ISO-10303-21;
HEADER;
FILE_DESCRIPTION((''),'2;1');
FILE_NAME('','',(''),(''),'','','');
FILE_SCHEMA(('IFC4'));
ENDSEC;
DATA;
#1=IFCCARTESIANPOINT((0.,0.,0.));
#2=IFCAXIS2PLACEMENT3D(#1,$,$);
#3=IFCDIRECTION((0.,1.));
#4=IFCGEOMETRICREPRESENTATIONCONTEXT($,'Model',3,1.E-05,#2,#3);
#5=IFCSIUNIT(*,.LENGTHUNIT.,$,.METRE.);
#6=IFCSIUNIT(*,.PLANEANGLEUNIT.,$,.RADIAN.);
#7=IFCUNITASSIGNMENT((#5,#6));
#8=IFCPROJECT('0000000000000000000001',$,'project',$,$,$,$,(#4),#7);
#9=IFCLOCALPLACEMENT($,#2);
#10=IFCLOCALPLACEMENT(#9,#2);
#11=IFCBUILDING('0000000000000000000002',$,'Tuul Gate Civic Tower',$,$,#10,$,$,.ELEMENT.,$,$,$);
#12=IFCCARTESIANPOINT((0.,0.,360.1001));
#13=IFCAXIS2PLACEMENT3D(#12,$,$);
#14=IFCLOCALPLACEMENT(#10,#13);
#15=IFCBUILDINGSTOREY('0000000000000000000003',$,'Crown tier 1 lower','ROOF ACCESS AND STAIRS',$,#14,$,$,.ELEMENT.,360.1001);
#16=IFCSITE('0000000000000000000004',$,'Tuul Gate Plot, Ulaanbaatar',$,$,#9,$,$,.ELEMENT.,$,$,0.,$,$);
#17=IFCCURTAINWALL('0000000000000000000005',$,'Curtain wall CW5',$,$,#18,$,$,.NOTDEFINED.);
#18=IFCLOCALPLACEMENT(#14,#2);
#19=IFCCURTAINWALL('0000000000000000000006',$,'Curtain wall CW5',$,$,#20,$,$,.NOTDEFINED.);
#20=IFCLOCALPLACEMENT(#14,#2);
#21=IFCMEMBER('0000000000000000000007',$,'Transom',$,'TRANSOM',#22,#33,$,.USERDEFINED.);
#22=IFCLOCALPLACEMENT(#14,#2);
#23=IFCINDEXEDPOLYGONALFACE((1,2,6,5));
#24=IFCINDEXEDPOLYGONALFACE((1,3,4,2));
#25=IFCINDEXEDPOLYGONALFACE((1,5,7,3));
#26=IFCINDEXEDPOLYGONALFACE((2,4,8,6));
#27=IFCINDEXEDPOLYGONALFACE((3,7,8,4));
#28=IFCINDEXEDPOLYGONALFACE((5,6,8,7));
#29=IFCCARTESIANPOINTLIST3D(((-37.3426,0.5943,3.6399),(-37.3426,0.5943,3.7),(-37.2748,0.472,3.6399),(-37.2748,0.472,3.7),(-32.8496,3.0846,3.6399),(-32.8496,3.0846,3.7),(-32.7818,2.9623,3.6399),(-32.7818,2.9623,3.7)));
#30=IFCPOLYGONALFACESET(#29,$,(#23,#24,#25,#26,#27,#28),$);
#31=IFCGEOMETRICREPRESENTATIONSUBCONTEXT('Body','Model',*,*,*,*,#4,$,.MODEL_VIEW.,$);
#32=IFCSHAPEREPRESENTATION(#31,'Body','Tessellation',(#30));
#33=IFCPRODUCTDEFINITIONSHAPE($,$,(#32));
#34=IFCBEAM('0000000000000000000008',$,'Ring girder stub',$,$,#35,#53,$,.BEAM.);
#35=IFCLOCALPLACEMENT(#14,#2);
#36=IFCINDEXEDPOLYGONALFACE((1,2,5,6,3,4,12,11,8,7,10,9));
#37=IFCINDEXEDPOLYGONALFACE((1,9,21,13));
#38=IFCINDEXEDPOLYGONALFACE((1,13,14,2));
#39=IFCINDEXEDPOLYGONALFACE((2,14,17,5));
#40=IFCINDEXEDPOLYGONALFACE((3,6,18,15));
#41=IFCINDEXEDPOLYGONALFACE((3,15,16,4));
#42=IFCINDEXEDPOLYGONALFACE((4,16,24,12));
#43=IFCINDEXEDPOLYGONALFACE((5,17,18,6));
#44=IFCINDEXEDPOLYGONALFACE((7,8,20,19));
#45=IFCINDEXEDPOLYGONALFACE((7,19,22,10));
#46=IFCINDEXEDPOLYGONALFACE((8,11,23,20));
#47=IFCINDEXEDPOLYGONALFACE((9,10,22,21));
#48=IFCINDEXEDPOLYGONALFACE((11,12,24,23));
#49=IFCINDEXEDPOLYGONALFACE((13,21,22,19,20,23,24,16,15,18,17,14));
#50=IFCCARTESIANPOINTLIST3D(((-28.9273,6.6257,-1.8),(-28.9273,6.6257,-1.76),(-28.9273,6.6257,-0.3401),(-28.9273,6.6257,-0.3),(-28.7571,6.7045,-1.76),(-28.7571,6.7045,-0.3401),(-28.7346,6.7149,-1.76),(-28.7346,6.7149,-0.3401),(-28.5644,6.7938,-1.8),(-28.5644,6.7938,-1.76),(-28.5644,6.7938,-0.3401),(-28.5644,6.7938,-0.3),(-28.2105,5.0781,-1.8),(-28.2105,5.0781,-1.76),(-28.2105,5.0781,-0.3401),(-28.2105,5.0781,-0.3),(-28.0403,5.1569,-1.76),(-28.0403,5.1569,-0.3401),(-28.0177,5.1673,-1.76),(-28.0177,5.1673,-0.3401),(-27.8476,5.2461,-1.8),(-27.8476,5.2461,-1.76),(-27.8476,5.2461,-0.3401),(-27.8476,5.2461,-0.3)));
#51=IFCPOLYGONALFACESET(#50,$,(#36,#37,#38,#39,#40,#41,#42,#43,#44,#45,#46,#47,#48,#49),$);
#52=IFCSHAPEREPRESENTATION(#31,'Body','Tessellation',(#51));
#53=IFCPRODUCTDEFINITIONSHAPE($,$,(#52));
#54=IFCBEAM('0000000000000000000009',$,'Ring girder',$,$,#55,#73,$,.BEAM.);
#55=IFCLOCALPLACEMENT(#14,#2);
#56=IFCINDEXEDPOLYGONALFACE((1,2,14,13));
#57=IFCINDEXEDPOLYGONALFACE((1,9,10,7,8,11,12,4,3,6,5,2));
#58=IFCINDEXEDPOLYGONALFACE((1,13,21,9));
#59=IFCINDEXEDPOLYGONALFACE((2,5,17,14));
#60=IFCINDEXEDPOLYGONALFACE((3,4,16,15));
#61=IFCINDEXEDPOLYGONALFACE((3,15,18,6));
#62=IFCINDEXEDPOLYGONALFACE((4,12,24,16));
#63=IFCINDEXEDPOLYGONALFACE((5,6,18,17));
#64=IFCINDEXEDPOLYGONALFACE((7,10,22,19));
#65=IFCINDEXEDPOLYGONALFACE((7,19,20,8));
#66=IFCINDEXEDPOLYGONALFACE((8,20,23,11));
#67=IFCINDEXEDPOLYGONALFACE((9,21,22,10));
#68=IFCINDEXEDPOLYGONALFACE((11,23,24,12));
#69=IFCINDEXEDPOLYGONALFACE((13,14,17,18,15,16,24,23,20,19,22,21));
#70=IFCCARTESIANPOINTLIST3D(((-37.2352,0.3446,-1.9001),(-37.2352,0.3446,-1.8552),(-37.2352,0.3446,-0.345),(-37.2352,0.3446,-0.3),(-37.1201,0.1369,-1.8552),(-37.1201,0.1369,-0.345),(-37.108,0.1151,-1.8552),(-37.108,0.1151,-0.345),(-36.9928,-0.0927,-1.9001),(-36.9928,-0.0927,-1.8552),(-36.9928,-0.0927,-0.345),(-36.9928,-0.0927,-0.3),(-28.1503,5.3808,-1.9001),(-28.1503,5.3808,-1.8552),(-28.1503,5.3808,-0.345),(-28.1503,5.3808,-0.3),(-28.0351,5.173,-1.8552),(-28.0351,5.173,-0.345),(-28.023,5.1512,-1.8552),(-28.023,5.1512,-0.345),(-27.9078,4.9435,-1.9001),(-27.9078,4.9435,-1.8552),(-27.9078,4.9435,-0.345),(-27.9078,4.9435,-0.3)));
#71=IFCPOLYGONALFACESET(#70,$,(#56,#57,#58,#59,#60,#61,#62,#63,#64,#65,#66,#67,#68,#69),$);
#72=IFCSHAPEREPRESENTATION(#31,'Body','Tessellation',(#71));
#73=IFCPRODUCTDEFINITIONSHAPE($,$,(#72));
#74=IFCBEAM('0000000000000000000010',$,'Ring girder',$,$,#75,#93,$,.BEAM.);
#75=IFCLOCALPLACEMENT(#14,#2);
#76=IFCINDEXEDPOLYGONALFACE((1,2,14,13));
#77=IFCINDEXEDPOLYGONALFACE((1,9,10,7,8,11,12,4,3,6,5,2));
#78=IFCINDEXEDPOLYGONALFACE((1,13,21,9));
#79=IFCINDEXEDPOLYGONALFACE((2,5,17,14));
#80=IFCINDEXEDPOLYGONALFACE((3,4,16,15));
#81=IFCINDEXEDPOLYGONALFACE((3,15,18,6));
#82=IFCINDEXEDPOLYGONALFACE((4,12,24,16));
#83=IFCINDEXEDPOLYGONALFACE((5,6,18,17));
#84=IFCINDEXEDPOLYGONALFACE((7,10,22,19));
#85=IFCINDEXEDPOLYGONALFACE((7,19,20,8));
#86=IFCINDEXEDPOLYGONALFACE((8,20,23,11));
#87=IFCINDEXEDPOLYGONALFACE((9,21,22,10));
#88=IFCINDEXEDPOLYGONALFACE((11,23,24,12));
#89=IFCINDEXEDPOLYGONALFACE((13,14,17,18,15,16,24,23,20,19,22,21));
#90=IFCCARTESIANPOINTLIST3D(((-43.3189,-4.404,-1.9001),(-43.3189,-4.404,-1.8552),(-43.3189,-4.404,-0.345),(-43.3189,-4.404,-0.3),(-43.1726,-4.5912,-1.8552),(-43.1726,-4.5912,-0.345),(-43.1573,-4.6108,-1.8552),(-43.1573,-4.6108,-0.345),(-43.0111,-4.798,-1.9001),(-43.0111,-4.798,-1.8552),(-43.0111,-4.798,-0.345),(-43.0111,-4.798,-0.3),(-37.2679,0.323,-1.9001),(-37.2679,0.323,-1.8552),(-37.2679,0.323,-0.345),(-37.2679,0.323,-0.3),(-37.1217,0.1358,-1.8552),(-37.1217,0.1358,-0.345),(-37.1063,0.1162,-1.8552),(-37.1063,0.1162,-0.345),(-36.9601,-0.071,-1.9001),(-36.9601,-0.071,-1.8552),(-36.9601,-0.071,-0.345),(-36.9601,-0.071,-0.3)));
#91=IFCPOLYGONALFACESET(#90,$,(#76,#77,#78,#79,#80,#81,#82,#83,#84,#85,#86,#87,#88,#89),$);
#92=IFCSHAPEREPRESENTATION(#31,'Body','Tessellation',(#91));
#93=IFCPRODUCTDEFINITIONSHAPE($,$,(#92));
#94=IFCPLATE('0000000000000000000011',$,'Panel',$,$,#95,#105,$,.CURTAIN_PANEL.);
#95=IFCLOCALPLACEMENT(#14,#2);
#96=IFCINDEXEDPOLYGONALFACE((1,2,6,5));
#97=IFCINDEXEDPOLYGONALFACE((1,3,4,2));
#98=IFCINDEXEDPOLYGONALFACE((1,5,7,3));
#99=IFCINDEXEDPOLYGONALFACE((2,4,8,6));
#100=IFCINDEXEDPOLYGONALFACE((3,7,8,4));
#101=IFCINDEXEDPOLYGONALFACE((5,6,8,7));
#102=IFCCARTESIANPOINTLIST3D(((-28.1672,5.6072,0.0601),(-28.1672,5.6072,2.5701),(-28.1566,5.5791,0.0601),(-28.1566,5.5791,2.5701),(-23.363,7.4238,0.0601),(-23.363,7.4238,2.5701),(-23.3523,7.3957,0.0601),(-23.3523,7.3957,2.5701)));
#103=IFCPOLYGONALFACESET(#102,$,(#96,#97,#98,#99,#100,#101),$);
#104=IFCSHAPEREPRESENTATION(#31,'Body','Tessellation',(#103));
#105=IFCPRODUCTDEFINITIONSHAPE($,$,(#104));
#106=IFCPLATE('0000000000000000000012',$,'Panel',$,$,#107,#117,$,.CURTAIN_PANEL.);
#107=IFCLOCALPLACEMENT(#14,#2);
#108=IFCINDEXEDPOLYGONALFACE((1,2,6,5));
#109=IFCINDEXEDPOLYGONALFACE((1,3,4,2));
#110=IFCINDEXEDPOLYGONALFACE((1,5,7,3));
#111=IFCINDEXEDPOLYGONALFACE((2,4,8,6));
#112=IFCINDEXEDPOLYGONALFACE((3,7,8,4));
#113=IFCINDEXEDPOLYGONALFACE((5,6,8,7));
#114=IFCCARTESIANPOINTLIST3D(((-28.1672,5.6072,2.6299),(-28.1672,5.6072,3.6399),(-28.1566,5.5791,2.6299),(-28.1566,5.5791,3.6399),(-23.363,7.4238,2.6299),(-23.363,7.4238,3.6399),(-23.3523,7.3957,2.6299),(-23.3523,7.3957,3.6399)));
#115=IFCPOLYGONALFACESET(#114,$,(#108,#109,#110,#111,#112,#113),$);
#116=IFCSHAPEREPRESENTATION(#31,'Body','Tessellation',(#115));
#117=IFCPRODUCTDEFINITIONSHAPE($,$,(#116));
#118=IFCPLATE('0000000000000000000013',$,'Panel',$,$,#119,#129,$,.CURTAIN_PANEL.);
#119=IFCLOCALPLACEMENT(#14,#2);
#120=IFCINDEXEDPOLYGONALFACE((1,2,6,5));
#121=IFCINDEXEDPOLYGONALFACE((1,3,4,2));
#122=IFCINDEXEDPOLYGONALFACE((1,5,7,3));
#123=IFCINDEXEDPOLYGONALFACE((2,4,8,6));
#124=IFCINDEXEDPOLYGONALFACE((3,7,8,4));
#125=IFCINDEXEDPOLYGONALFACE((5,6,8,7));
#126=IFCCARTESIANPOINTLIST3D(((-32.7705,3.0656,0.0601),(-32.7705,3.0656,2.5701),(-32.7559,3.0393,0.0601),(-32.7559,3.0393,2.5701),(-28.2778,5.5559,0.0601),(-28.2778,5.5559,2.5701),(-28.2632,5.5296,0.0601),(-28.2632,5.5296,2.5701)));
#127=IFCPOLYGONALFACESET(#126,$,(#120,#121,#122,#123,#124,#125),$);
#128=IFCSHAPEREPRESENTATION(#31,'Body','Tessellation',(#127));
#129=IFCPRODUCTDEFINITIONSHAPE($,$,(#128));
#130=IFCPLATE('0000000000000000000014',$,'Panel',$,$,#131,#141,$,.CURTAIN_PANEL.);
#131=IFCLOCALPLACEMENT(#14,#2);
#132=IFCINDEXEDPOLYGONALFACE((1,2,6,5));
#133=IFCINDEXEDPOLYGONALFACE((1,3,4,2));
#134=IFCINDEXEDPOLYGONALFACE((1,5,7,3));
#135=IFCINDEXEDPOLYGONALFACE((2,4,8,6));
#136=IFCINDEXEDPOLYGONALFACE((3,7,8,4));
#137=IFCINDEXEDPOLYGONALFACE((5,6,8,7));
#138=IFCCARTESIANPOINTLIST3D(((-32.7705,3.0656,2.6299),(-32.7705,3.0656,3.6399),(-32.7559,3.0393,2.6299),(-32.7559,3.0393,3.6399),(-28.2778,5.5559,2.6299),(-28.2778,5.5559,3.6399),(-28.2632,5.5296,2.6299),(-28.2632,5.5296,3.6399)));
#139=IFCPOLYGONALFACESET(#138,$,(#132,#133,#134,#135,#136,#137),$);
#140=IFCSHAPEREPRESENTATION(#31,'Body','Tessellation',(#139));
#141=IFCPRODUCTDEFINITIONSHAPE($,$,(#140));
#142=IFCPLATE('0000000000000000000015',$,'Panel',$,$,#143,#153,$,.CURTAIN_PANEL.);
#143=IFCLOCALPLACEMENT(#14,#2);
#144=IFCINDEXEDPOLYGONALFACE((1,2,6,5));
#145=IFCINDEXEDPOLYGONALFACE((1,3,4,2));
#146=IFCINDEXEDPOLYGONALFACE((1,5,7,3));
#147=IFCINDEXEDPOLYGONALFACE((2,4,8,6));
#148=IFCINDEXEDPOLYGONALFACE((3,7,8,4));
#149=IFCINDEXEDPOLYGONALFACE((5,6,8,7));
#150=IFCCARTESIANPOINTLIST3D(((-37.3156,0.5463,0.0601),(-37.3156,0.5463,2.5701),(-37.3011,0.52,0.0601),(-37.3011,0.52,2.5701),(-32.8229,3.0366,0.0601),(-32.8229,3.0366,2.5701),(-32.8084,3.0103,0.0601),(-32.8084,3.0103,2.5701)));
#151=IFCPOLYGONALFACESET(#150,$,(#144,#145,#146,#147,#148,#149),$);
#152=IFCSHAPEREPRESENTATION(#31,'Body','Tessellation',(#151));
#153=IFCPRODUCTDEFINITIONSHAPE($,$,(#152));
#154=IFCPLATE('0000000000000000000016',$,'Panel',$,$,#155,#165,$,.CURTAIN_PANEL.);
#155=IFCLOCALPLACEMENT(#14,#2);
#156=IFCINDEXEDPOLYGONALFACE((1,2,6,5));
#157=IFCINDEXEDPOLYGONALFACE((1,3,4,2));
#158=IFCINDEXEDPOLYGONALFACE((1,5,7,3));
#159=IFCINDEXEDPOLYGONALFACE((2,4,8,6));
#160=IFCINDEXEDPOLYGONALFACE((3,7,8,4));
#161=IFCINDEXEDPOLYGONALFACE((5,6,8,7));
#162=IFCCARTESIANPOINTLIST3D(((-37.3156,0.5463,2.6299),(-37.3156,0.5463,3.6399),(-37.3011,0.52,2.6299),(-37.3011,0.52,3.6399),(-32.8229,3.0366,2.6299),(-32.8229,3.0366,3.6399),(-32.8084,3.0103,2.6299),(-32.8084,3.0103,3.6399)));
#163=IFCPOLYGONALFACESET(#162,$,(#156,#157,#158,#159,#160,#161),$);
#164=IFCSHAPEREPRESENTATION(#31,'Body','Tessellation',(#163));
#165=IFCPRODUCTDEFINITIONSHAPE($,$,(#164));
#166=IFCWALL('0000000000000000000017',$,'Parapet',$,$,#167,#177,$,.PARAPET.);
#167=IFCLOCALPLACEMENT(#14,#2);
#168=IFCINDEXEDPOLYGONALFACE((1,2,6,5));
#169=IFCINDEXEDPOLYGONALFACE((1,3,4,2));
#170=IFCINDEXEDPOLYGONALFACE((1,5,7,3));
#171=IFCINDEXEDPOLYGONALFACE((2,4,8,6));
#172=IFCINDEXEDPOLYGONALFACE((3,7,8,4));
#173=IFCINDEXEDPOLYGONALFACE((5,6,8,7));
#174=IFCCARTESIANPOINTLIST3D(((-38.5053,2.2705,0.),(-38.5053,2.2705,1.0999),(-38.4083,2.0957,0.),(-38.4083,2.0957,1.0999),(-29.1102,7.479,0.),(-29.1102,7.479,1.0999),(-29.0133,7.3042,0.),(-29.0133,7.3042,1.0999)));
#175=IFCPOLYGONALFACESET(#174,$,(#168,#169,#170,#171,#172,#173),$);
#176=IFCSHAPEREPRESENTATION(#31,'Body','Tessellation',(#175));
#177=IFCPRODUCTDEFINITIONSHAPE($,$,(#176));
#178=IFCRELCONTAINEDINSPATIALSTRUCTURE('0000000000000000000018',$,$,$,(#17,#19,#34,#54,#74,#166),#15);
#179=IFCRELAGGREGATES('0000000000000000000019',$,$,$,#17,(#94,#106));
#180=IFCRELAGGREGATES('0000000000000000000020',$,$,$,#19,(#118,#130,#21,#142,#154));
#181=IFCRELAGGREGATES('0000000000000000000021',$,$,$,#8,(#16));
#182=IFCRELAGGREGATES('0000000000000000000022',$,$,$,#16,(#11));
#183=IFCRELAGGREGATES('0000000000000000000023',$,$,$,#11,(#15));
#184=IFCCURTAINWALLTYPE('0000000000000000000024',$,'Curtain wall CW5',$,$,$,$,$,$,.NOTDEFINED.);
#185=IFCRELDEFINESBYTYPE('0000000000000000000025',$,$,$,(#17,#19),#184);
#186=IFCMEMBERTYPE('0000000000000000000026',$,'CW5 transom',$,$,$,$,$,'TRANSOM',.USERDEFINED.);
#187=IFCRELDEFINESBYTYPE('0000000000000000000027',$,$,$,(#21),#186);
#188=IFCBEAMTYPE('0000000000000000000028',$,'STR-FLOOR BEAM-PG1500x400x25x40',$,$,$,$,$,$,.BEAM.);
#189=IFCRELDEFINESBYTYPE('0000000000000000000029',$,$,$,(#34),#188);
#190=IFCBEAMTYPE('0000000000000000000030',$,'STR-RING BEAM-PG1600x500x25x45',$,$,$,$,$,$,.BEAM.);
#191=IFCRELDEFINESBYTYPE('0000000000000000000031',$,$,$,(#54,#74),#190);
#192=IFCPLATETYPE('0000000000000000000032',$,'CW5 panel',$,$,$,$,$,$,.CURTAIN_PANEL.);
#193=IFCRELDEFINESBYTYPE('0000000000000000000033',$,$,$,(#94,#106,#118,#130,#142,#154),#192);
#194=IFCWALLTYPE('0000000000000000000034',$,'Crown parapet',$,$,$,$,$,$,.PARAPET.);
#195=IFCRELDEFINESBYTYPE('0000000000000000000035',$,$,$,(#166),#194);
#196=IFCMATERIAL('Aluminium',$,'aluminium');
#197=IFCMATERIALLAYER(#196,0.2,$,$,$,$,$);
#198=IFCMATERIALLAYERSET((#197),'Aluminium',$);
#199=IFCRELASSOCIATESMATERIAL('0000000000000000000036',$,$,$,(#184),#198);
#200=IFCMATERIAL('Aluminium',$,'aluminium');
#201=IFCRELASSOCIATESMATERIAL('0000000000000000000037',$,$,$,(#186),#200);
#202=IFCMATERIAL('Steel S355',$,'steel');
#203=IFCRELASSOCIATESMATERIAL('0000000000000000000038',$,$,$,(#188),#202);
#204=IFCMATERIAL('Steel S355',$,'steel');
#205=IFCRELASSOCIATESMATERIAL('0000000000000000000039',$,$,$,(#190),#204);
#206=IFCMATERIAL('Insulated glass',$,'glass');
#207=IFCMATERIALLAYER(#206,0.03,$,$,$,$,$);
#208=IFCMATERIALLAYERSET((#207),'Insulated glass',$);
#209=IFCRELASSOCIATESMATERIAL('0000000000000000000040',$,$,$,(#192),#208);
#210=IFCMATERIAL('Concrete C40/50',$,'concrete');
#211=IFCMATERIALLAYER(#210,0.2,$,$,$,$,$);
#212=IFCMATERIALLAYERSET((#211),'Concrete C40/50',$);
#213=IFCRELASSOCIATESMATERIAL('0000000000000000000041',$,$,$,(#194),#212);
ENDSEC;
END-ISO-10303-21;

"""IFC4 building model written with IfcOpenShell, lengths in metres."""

from ifc_helpers import new_model, si_unit, direction, frame, frame_2d, origin, origin_2d, place, context, subcontext, project, spatial, rectangle, i_section, extrude, material, layer, layer_set, material_profile, profile_set, type_object, element, aggregate, save


model = new_model("IFC4")

# Units and contexts
model_context = context("Model", 3, precision=1e-05, world=origin(), true_north=direction((0.0, 1.0)))
body_context = subcontext(model_context, "Body", "Model", "MODEL_VIEW")
ifc_project = project(units=[si_unit("LENGTHUNIT", "METRE"), si_unit("PLANEANGLEUNIT", "RADIAN")], contexts=[model_context])

# Site, building, storey
site_placement = place(None, origin())
site = spatial("IfcSite", under=ifc_project, at=site_placement, Name="Tuul Gate Plot, Ulaanbaatar", CompositionType="ELEMENT", RefElevation=0.0)
building_placement = place(site_placement, origin())
building = spatial("IfcBuilding", under=site, at=building_placement, Name="Tuul Gate Civic Tower", CompositionType="ELEMENT")
storey_placement = place(building_placement, frame((0.0, 0.0, 360.1001)))
storey = spatial("IfcBuildingStorey", under=building, at=storey_placement, Name="Crown tier 1 lower", Description="ROOF ACCESS AND STAIRS", CompositionType="ELEMENT", Elevation=360.1001)

# Curtain walls
ifc_material_1 = material(Name="Aluminium", Category="aluminium")
ifc_layer_1 = layer(ifc_material_1, 0.2)
ifc_layer_set_1 = layer_set([ifc_layer_1], Name="Aluminium")
curtain_wall_type = type_object("IfcCurtainWallType", Name="Curtain wall CW5", PredefinedType="NOTDEFINED", material=ifc_layer_set_1)
curtain_wall_1_placement = place(storey_placement, origin())
curtain_wall_1 = element("IfcCurtainWall", 1, at=curtain_wall_1_placement, inside=storey, type_object=curtain_wall_type, Name="Curtain wall CW5", PredefinedType="NOTDEFINED")
curtain_wall_2_placement = place(storey_placement, origin())
curtain_wall_2 = element("IfcCurtainWall", 2, at=curtain_wall_2_placement, inside=storey, type_object=curtain_wall_type, Name="Curtain wall CW5", PredefinedType="NOTDEFINED")

# Member
ifc_material_2 = material(Name="Aluminium", Category="aluminium")
ifc_material_profile_1 = material_profile(ifc_material_2, rectangle(XDim=0.1399, YDim=0.0601, at=origin_2d()), Name="CW5 transom")
ifc_profile_set_1 = profile_set([ifc_material_profile_1], Name="Aluminium")
member_type_1 = type_object("IfcMemberType", Name="CW5 transom", ElementType="TRANSOM", PredefinedType="USERDEFINED", material=ifc_profile_set_1)
member_1_placement = place(storey_placement, frame((-32.8157, 3.0234, 3.6699), z_axis=(-0.874639, -0.484775, 0.0), x_axis=(0.484775, -0.874639, 0.0)))
member_1 = element("IfcMember", 3, at=member_1_placement, type_object=member_type_1, Name="Transom", ObjectType="TRANSOM", PredefinedType="USERDEFINED", context=body_context, shape_type="SweptSolid", body=[
    extrude(rectangle(XDim=0.1399, YDim=0.0601, at=origin_2d()), origin(), (0.0, 0.0, 1.0), 5.137),
])

# Beams
ifc_material_3 = material(Name="Steel S355", Category="steel")
ifc_material_profile_2 = material_profile(ifc_material_3, i_section(OverallWidth=0.3999, OverallDepth=1.5, WebThickness=0.0249, FlangeThickness=0.04, at=origin_2d()), Name="PG1500x400x25x40")
ifc_profile_set_2 = profile_set([ifc_material_profile_2], Name="Steel S355")
beam_type_1 = type_object("IfcBeamType", Name="STR-FLOOR BEAM-PG1500x400x25x40", PredefinedType="BEAM", material=ifc_profile_set_2)
beam_1_placement = place(storey_placement, frame((-28.7458, 6.7097, -1.05), z_axis=(0.420274, -0.907397, 0.0), x_axis=(0.907397, 0.420274, 0.0)))
element("IfcBeam", 4, at=beam_1_placement, inside=storey, type_object=beam_type_1, Name="Ring girder stub", PredefinedType="BEAM", context=body_context, shape_type="SweptSolid", body=[
    extrude(i_section(OverallWidth=0.3999, OverallDepth=1.5, WebThickness=0.0249, FlangeThickness=0.04, at=origin_2d()), origin(), (0.0, 0.0, 1.0), 1.7056),
])
ifc_material_4 = material(Name="Steel S355", Category="steel")
ifc_material_profile_3 = material_profile(ifc_material_4, i_section(OverallWidth=0.5, OverallDepth=1.6001, WebThickness=0.0249, FlangeThickness=0.0449, at=origin_2d()), Name="PG1600x500x25x45")
ifc_profile_set_3 = profile_set([ifc_material_profile_3], Name="Steel S355")
beam_type_2 = type_object("IfcBeamType", Name="STR-RING BEAM-PG1600x500x25x45", PredefinedType="BEAM", material=ifc_profile_set_3)
beam_2_placement = place(storey_placement, frame((-28.0291, 5.1621, -1.1001), z_axis=(-0.874609, -0.484829, 0.0), x_axis=(0.484829, -0.874609, 0.0)))
element("IfcBeam", 5, at=beam_2_placement, inside=storey, type_object=beam_type_2, Name="Ring girder", PredefinedType="BEAM", context=body_context, shape_type="SweptSolid", body=[
    extrude(i_section(OverallWidth=0.5, OverallDepth=1.6001, WebThickness=0.0249, FlangeThickness=0.0449, at=origin_2d()), origin(), (0.0, 0.0, 1.0), 10.3875),
])
beam_3_placement = place(storey_placement, frame((-37.114, 0.126, -1.1001), z_axis=(-0.788044, -0.615619, 0.0), x_axis=(0.615619, -0.788044, 0.0)))
element("IfcBeam", 6, at=beam_3_placement, inside=storey, type_object=beam_type_2, Name="Ring girder", PredefinedType="BEAM", context=body_context, shape_type="SweptSolid", body=[
    extrude(i_section(OverallWidth=0.5, OverallDepth=1.6001, WebThickness=0.0249, FlangeThickness=0.0449, at=origin_2d()), origin(), (0.0, 0.0, 1.0), 7.6785),
])

# Plates
ifc_material_5 = material(Name="Insulated glass", Category="glass")
ifc_layer_2 = layer(ifc_material_5, 0.03)
ifc_layer_set_2 = layer_set([ifc_layer_2], Name="Insulated glass")
plate_type = type_object("IfcPlateType", Name="CW5 panel", PredefinedType="CURTAIN_PANEL", material=ifc_layer_set_2)
plate_1_placement = place(storey_placement, frame((-25.7598, 6.5015, 0.0601), z_axis=(0.0, 0.0, 1.0), x_axis=(-0.935362, -0.353691, 0.0)))
plate_1 = element("IfcPlate", 7, at=plate_1_placement, type_object=plate_type, Name="Panel", PredefinedType="CURTAIN_PANEL", context=body_context, shape_type="SweptSolid", body=[
    extrude(rectangle(XDim=5.1362, YDim=0.03, at=origin_2d()), origin(), (0.0, 0.0, 1.0), 2.51),
])
plate_2_placement = place(storey_placement, frame((-25.7598, 6.5015, 2.6299), z_axis=(0.0, 0.0, 1.0), x_axis=(-0.935362, -0.353691, 0.0)))
plate_2 = element("IfcPlate", 8, at=plate_2_placement, type_object=plate_type, Name="Panel", PredefinedType="CURTAIN_PANEL", context=body_context, shape_type="SweptSolid", body=[
    extrude(rectangle(XDim=5.1362, YDim=0.03, at=origin_2d()), origin(), (0.0, 0.0, 1.0), 1.01),
])
aggregate(curtain_wall_1, [plate_1, plate_2])
plate_3_placement = place(storey_placement, frame((-30.5168, 4.2976, 0.0601), z_axis=(0.0, 0.0, 1.0), x_axis=(-0.874622, -0.484806, 0.0)))
plate_3 = element("IfcPlate", 9, at=plate_3_placement, type_object=plate_type, Name="Panel", PredefinedType="CURTAIN_PANEL", context=body_context, shape_type="SweptSolid", body=[
    extrude(rectangle(XDim=5.1367, YDim=0.03, at=origin_2d()), origin(), (0.0, 0.0, 1.0), 2.51),
])
plate_4_placement = place(storey_placement, frame((-30.5168, 4.2976, 2.6299), z_axis=(0.0, 0.0, 1.0), x_axis=(-0.874622, -0.484806, 0.0)))
plate_4 = element("IfcPlate", 10, at=plate_4_placement, type_object=plate_type, Name="Panel", PredefinedType="CURTAIN_PANEL", context=body_context, shape_type="SweptSolid", body=[
    extrude(rectangle(XDim=5.1367, YDim=0.03, at=origin_2d()), origin(), (0.0, 0.0, 1.0), 1.01),
])
plate_5_placement = place(storey_placement, frame((-35.062, 1.7783, 0.0601), z_axis=(0.0, 0.0, 1.0), x_axis=(-0.874622, -0.484806, 0.0)))
plate_5 = element("IfcPlate", 11, at=plate_5_placement, type_object=plate_type, Name="Panel", PredefinedType="CURTAIN_PANEL", context=body_context, shape_type="SweptSolid", body=[
    extrude(rectangle(XDim=5.1367, YDim=0.03, at=origin_2d()), origin(), (0.0, 0.0, 1.0), 2.51),
])
plate_6_placement = place(storey_placement, frame((-35.062, 1.7783, 2.6299), z_axis=(0.0, 0.0, 1.0), x_axis=(-0.874622, -0.484806, 0.0)))
plate_6 = element("IfcPlate", 12, at=plate_6_placement, type_object=plate_type, Name="Panel", PredefinedType="CURTAIN_PANEL", context=body_context, shape_type="SweptSolid", body=[
    extrude(rectangle(XDim=5.1367, YDim=0.03, at=origin_2d()), origin(), (0.0, 0.0, 1.0), 1.01),
])
aggregate(curtain_wall_2, [plate_3, plate_4, member_1, plate_5, plate_6])

# Wall
ifc_material_6 = material(Name="Concrete C40/50", Category="concrete")
ifc_layer_3 = layer(ifc_material_6, 0.2)
ifc_layer_set_3 = layer_set([ifc_layer_3], Name="Concrete C40/50")
wall_type_1 = type_object("IfcWallType", Name="Crown parapet", PredefinedType="PARAPET", material=ifc_layer_set_3)
wall_1_placement = place(storey_placement, frame((-29.0618, 7.3916, 0.0), z_axis=(0.0, 0.0, 1.0), x_axis=(-0.87459, -0.484863, 0.0)))
element("IfcWall", 13, at=wall_1_placement, inside=storey, type_object=wall_type_1, Name="Parapet", PredefinedType="PARAPET", context=body_context, shape_type="SweptSolid", body=[
    extrude(rectangle(XDim=10.7422, YDim=0.2, at=frame_2d((5.3711, 0.0))), origin(), (0.0, 0.0, 1.0), 1.0999),
])

save(model, "model.ifc")
